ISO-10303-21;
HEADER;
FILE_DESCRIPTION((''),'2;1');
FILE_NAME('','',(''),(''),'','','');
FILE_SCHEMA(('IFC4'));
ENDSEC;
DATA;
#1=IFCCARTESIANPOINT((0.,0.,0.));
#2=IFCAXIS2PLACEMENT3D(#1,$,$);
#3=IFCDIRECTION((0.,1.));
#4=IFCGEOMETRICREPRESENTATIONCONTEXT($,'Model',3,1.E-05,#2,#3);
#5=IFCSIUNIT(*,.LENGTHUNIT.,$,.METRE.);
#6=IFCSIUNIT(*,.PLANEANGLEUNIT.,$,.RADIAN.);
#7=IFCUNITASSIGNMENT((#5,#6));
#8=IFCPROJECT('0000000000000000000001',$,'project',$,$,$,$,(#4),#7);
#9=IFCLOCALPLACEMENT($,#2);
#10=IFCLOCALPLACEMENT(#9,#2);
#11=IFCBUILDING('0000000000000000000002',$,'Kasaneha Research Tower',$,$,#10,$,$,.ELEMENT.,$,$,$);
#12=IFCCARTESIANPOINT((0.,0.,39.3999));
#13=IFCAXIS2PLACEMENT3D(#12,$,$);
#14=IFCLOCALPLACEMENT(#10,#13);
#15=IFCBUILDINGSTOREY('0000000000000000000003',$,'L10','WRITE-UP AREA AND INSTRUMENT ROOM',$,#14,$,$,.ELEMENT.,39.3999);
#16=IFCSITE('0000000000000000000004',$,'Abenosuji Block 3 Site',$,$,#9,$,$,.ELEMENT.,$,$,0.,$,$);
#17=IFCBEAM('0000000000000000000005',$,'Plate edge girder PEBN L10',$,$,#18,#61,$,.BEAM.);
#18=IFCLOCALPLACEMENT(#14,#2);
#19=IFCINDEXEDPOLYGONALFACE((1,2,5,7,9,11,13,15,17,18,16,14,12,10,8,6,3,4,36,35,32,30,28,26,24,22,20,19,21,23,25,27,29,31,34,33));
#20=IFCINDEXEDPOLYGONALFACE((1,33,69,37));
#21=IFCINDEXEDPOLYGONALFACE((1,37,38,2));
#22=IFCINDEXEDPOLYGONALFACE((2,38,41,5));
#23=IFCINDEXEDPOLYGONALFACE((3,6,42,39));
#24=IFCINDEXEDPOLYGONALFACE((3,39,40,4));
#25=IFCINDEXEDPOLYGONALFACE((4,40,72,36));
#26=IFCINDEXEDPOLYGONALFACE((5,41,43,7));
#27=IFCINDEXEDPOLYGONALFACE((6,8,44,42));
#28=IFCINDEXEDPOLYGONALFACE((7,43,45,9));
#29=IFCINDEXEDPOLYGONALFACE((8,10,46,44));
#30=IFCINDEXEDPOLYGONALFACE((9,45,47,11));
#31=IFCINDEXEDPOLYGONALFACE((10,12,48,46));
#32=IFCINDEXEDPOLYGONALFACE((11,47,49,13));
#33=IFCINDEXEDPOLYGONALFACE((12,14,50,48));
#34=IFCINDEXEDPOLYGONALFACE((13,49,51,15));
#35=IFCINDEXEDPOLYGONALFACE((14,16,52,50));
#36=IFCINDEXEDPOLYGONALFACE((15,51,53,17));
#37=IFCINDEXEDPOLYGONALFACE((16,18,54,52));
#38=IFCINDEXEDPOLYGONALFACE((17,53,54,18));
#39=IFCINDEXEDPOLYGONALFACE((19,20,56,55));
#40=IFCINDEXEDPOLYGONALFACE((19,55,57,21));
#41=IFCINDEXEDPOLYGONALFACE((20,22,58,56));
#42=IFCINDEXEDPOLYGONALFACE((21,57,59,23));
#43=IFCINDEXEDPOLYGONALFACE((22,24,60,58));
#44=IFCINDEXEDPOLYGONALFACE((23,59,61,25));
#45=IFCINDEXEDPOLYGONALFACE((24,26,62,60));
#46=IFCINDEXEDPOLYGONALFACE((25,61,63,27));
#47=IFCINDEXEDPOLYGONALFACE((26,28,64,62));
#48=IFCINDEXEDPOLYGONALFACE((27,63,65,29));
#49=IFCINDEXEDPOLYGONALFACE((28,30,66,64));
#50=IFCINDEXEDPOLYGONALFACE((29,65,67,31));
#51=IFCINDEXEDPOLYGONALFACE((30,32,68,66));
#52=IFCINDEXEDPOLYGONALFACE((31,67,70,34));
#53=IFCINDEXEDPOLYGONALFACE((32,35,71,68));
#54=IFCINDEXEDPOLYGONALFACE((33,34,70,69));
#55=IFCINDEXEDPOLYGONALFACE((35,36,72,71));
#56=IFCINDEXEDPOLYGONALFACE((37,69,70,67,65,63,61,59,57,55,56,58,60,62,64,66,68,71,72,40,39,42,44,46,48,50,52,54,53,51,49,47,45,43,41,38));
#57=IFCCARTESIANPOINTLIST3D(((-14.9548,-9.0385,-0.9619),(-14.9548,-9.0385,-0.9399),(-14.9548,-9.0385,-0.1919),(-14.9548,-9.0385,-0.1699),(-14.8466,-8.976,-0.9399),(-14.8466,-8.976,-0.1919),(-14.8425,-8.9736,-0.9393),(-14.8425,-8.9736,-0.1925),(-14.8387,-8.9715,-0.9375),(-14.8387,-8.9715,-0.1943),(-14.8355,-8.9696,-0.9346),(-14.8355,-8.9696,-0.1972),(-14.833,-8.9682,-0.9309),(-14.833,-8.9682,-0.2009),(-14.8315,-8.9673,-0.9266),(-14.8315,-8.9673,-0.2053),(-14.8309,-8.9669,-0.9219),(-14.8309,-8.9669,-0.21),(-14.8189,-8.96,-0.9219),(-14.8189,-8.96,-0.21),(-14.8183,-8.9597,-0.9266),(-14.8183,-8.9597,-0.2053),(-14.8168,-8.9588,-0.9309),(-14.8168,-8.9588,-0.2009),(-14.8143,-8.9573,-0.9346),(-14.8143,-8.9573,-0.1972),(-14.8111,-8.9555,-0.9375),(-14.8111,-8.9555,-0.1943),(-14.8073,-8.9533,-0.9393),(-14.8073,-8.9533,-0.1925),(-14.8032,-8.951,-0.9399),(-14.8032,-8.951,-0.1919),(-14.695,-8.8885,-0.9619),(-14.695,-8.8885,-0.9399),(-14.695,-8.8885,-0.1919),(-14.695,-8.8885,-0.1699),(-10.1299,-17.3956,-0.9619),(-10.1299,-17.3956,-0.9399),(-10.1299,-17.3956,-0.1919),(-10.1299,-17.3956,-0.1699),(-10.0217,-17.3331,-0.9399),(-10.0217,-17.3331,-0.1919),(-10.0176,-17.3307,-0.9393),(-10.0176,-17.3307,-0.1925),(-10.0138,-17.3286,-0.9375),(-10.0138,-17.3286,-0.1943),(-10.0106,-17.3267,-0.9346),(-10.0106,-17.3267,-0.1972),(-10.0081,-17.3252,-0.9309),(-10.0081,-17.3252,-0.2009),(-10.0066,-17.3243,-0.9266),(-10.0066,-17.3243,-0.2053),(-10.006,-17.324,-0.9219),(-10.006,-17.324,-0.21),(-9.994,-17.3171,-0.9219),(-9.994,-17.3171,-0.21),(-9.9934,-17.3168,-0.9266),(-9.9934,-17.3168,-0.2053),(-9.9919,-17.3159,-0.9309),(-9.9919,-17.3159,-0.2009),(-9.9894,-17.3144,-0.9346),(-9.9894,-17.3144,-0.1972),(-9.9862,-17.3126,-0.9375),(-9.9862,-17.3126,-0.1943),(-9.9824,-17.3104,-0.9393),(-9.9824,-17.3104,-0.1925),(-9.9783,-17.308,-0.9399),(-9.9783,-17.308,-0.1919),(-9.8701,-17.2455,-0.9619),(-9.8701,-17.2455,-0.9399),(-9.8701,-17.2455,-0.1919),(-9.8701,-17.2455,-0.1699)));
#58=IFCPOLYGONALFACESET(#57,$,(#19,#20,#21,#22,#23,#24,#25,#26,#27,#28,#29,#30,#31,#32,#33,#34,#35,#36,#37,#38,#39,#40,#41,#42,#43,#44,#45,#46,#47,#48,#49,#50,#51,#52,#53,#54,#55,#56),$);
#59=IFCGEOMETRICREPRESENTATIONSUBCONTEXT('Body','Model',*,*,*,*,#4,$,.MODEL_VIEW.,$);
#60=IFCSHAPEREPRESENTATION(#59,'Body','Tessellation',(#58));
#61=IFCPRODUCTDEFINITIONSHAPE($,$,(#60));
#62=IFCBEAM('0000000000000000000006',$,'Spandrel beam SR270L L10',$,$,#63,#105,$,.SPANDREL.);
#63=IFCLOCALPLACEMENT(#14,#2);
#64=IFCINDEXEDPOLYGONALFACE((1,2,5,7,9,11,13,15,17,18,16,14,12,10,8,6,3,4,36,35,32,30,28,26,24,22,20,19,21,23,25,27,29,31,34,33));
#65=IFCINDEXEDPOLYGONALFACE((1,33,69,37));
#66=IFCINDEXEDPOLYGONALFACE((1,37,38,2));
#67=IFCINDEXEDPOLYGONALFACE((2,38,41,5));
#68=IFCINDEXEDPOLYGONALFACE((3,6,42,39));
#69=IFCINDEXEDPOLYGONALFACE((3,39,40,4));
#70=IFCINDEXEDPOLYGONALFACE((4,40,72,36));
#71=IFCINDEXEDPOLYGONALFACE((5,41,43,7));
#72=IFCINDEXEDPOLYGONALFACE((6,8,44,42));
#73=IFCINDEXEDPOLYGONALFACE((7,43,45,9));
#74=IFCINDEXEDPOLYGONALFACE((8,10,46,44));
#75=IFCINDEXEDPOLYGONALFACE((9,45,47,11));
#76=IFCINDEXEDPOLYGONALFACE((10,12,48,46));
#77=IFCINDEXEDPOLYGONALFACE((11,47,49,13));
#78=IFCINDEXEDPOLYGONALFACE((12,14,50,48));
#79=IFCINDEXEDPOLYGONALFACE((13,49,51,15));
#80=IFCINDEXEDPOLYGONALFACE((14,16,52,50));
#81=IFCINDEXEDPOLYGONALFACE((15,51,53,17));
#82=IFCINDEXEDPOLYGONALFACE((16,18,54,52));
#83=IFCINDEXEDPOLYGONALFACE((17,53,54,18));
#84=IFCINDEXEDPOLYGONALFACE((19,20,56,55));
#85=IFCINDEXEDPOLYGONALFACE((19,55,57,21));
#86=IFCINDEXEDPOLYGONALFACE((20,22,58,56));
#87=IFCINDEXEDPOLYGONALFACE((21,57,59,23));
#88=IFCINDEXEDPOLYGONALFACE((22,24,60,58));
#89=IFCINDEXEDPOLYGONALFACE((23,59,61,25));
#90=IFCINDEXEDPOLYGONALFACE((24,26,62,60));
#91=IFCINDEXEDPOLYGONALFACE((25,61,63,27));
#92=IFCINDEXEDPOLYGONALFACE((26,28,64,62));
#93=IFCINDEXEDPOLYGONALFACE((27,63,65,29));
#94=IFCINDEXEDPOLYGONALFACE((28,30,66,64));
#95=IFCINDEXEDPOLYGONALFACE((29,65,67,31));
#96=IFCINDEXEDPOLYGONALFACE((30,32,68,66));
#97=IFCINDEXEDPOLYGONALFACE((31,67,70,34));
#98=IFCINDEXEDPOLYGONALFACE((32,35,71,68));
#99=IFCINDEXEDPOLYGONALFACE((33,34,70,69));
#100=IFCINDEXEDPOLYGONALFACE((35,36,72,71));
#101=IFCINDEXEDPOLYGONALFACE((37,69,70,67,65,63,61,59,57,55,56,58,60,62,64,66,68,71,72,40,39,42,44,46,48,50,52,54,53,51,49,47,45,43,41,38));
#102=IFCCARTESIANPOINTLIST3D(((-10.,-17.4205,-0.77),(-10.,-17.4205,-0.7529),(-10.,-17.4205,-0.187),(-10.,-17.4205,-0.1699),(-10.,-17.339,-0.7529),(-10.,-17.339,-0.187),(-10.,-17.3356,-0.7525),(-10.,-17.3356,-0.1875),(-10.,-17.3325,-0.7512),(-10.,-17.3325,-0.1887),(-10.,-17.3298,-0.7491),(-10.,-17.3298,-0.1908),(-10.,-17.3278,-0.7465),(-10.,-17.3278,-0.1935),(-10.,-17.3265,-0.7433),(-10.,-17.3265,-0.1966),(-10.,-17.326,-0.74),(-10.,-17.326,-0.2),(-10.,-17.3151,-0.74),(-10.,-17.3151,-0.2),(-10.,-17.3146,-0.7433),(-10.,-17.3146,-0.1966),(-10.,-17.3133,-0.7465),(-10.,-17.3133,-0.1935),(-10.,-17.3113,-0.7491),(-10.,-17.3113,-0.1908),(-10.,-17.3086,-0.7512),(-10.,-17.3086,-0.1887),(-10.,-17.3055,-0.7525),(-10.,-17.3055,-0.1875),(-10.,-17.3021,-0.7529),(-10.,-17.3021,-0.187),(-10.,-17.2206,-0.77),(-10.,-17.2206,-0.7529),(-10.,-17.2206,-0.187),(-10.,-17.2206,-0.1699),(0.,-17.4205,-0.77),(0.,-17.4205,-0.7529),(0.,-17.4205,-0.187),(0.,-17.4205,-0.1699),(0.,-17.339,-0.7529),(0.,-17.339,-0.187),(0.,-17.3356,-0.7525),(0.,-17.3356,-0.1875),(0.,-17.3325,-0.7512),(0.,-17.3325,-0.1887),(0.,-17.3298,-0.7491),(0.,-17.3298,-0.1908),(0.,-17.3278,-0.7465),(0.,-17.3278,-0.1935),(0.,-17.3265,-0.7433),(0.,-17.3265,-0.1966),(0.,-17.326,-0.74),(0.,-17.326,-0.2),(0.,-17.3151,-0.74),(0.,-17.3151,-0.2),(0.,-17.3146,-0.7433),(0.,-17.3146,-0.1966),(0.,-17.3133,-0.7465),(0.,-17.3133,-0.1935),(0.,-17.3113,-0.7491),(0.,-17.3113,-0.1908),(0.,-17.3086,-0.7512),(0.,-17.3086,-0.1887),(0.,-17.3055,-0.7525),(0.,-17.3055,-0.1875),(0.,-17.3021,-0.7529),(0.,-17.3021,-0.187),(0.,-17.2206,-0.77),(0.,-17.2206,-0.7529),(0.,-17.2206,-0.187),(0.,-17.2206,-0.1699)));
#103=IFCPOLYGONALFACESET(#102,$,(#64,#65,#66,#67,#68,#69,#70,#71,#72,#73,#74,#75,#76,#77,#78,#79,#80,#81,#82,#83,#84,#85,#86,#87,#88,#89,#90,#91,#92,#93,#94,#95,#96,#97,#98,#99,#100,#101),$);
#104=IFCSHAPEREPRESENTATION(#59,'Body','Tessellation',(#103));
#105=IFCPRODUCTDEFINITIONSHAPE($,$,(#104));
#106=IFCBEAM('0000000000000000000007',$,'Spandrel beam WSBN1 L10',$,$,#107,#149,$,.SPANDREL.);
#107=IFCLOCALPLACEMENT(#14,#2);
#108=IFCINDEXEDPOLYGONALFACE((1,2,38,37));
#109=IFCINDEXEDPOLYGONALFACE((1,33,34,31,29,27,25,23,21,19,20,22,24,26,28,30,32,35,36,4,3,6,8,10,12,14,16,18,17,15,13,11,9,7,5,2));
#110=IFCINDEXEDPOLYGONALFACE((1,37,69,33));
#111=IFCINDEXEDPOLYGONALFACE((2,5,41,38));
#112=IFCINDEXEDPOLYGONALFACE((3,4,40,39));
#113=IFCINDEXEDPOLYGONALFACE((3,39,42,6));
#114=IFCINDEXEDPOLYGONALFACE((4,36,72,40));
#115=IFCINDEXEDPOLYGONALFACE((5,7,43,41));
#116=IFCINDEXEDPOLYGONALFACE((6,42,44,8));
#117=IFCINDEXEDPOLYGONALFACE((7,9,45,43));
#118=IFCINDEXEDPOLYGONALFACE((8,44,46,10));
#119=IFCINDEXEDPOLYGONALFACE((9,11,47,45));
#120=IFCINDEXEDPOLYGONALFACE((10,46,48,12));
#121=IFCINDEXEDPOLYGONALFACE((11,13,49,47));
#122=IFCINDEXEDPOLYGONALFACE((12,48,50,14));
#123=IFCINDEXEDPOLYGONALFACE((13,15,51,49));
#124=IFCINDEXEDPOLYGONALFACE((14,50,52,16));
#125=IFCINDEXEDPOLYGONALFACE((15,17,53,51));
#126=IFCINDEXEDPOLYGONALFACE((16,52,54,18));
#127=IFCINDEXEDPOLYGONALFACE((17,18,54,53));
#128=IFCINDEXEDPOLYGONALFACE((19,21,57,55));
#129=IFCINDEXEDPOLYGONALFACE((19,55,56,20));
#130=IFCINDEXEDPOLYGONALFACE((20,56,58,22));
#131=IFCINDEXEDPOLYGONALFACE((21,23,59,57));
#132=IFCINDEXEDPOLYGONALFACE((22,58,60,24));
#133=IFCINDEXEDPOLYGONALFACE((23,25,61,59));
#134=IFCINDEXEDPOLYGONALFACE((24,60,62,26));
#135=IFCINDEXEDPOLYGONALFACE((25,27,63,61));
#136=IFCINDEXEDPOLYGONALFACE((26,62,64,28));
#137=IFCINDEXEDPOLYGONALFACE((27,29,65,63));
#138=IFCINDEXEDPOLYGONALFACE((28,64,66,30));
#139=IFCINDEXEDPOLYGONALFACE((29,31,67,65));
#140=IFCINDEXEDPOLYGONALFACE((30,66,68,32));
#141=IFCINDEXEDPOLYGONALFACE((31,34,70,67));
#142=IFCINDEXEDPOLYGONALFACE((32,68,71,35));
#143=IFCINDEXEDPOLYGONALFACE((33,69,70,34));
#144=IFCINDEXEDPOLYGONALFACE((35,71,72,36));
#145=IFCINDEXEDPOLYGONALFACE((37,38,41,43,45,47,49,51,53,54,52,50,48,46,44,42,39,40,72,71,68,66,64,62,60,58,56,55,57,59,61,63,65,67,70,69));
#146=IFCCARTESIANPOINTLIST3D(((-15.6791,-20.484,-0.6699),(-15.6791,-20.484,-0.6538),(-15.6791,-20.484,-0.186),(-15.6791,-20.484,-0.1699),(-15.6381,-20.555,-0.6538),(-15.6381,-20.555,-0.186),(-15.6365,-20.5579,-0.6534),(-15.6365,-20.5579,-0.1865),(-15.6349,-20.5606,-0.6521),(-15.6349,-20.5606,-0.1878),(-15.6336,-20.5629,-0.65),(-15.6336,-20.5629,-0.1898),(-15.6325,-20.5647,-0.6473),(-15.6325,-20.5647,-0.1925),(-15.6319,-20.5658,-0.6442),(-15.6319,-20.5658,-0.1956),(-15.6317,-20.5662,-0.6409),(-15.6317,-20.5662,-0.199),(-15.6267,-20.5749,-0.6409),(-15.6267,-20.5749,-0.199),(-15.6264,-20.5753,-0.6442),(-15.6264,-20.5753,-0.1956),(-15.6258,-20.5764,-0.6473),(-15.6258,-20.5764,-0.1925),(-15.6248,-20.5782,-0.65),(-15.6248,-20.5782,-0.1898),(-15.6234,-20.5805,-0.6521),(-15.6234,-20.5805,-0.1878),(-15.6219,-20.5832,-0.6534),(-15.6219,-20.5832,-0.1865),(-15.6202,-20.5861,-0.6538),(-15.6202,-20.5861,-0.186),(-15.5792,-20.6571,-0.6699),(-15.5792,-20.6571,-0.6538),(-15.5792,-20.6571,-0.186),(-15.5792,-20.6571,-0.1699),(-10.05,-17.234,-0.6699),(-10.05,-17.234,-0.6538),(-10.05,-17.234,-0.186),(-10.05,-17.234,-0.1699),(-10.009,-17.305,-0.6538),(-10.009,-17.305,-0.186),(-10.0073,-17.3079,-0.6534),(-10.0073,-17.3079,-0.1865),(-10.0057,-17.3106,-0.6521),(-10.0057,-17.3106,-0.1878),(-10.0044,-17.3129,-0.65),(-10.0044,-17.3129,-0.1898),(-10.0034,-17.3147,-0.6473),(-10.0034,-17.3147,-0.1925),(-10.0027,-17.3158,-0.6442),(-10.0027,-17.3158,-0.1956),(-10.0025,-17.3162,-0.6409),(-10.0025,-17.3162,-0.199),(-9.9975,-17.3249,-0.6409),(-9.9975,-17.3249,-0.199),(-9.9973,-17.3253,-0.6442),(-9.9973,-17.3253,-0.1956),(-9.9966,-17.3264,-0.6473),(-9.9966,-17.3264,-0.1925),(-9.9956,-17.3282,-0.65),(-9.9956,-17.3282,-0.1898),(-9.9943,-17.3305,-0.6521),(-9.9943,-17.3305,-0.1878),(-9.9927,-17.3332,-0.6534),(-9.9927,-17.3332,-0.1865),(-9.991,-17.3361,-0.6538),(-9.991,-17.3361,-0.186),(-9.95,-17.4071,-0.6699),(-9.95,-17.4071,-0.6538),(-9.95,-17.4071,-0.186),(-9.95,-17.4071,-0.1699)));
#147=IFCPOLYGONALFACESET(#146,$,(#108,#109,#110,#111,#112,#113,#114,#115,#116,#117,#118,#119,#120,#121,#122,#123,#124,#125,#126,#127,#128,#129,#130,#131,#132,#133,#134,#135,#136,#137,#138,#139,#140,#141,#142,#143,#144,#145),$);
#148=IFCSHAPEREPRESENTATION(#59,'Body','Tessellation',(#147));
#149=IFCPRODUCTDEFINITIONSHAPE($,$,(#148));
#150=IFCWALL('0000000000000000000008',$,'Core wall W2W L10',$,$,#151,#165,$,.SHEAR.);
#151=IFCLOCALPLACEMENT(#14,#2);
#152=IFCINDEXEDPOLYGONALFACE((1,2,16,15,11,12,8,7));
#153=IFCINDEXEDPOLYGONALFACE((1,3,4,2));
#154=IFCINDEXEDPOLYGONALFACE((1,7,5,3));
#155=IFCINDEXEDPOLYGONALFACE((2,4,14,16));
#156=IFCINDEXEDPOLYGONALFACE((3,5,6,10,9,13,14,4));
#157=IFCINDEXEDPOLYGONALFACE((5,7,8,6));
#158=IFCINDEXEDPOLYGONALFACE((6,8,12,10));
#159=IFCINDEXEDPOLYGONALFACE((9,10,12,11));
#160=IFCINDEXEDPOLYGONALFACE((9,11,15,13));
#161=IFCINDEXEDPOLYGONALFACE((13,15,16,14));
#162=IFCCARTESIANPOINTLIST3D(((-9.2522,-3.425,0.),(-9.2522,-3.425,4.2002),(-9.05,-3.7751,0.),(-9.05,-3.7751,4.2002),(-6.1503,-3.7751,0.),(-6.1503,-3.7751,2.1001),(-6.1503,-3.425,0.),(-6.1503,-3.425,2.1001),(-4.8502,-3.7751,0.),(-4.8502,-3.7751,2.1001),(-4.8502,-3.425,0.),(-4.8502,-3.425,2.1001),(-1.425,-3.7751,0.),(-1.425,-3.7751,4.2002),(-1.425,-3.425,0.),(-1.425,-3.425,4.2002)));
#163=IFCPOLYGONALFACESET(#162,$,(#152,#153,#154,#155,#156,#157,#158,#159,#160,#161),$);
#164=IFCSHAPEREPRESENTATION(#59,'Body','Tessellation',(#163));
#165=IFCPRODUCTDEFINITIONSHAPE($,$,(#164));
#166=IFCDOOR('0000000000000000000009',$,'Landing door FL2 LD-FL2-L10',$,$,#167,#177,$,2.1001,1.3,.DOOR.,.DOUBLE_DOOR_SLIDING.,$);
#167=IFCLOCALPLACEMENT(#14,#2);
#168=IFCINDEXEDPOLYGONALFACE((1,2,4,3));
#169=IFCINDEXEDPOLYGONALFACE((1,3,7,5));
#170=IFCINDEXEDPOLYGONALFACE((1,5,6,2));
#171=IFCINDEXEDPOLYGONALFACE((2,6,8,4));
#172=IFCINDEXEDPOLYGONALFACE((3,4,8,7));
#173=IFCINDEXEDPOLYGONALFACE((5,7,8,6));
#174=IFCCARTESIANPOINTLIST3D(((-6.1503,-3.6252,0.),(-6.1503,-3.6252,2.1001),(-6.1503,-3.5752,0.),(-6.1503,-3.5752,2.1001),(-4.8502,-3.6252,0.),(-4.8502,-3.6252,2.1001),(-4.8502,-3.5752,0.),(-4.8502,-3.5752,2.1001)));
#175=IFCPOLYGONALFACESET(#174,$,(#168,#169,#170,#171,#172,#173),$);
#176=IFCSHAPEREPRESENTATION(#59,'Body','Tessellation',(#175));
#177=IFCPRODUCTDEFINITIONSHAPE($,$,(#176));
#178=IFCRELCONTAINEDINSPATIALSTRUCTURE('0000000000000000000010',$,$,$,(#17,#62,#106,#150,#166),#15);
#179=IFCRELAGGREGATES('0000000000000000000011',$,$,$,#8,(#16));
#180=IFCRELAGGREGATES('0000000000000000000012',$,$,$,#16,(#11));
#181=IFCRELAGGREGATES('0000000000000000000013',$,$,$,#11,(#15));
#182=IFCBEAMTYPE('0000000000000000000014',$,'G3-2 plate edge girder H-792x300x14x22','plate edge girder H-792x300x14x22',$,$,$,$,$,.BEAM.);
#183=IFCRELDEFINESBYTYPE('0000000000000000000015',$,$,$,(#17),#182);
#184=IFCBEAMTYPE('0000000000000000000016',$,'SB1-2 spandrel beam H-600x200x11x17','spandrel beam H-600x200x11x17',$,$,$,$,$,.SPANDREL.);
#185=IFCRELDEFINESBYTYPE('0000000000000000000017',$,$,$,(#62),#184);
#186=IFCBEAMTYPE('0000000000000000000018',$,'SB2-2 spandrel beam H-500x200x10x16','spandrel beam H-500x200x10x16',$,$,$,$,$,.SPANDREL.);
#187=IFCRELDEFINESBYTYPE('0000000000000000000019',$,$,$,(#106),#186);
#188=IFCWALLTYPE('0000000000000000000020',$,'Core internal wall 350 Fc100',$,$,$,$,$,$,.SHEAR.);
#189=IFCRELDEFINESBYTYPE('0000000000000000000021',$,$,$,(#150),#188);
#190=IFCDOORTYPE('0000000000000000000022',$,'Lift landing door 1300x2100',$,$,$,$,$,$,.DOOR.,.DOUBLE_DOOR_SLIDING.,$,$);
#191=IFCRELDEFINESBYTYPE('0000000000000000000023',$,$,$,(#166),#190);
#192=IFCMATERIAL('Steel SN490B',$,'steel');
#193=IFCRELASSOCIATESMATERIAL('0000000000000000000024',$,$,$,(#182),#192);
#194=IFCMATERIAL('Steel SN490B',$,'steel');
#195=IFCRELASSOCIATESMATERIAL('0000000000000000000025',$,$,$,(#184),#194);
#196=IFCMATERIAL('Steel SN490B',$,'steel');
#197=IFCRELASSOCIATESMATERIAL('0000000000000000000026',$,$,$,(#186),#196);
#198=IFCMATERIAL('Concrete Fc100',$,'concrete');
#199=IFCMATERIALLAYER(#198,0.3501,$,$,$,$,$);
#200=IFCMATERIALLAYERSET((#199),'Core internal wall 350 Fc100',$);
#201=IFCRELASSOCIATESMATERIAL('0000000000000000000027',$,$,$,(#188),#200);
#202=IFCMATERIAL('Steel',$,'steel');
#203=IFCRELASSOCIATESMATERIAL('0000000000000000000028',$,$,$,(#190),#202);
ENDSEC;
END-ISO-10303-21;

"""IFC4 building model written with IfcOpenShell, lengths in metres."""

from ifc_helpers import new_model, si_unit, direction, frame, frame_2d, origin, origin_2d, place, context, subcontext, project, spatial, polyline, rectangle, i_section, outline, extrude, material, layer, layer_set, material_profile, profile_set, type_object, element, fill, save


model = new_model("IFC4")

# Units and contexts
model_context = context("Model", 3, precision=1e-05, world=origin(), true_north=direction((0.0, 1.0)))
body_context = subcontext(model_context, "Body", "Model", "MODEL_VIEW")
ifc_project = project(units=[si_unit("LENGTHUNIT", "METRE"), si_unit("PLANEANGLEUNIT", "RADIAN")], contexts=[model_context])

# Site, building, storey
site_placement = place(None, origin())
site = spatial("IfcSite", under=ifc_project, at=site_placement, Name="Abenosuji Block 3 Site", CompositionType="ELEMENT", RefElevation=0.0)
building_placement = place(site_placement, origin())
building = spatial("IfcBuilding", under=site, at=building_placement, Name="Kasaneha Research Tower", CompositionType="ELEMENT")
storey_placement = place(building_placement, frame((0.0, 0.0, 39.3999)))
storey = spatial("IfcBuildingStorey", under=building, at=storey_placement, Name="L10", Description="WRITE-UP AREA AND INSTRUMENT ROOM", CompositionType="ELEMENT", Elevation=39.3999)

# Beams
ifc_material_1 = material(Name="Steel SN490B", Category="steel")
ifc_material_profile_1 = material_profile(ifc_material_1, i_section(OverallWidth=0.3, OverallDepth=0.792, WebThickness=0.0139, FlangeThickness=0.022, FilletRadius=0.0181, at=origin_2d()), Name="H-792x300x14x22")
ifc_profile_set_1 = profile_set([ifc_material_profile_1], Name="Steel SN490B")
beam_type_1 = type_object("IfcBeamType", Name="G3-2 plate edge girder H-792x300x14x22", Description="plate edge girder H-792x300x14x22", PredefinedType="BEAM", material=ifc_profile_set_1)
beam_1_placement = place(storey_placement, frame((-10.0, -17.3206, -0.5659), z_axis=(-0.499995, 0.866028, 0.0), x_axis=(-0.866028, -0.499995, 0.0)))
element("IfcBeam", 1, at=beam_1_placement, inside=storey, type_object=beam_type_1, Name="Plate edge girder PEBN L10", PredefinedType="BEAM", context=body_context, shape_type="SweptSolid", body=[
    extrude(i_section(OverallWidth=0.3, OverallDepth=0.792, WebThickness=0.0139, FlangeThickness=0.022, FilletRadius=0.0181, at=origin_2d()), origin(), (0.0, 0.0, 1.0), 9.6499),
])
ifc_material_2 = material(Name="Steel SN490B", Category="steel")
ifc_material_profile_2 = material_profile(ifc_material_2, i_section(OverallWidth=0.2, OverallDepth=0.6001, WebThickness=0.011, FlangeThickness=0.0171, FilletRadius=0.0129, at=origin_2d()), Name="H-600x200x11x17")
ifc_profile_set_2 = profile_set([ifc_material_profile_2], Name="Steel SN490B")
beam_type_2 = type_object("IfcBeamType", Name="SB1-2 spandrel beam H-600x200x11x17", Description="spandrel beam H-600x200x11x17", PredefinedType="SPANDREL", material=ifc_profile_set_2)
beam_2_placement = place(storey_placement, frame((-10.0, -17.3206, -0.47), z_axis=(1.0, 0.0, 0.0), x_axis=(0.0, 1.0, 0.0)))
element("IfcBeam", 2, at=beam_2_placement, inside=storey, type_object=beam_type_2, Name="Spandrel beam SR270L L10", PredefinedType="SPANDREL", context=body_context, shape_type="SweptSolid", body=[
    extrude(i_section(OverallWidth=0.2, OverallDepth=0.6001, WebThickness=0.011, FlangeThickness=0.0171, FilletRadius=0.0129, at=origin_2d()), origin(), (0.0, 0.0, 1.0), 10.0),
])
ifc_material_3 = material(Name="Steel SN490B", Category="steel")
ifc_material_profile_3 = material_profile(ifc_material_3, i_section(OverallWidth=0.2, OverallDepth=0.5, WebThickness=0.01, FlangeThickness=0.0161, FilletRadius=0.0129, at=origin_2d()), Name="H-500x200x10x16")
ifc_profile_set_3 = profile_set([ifc_material_profile_3], Name="Steel SN490B")
beam_type_3 = type_object("IfcBeamType", Name="SB2-2 spandrel beam H-500x200x10x16", Description="spandrel beam H-500x200x10x16", PredefinedType="SPANDREL", material=ifc_profile_set_3)
beam_3_placement = place(storey_placement, frame((-10.0, -17.3206, -0.4199), z_axis=(-0.866025, -0.500001, 0.0), x_axis=(0.500001, -0.866025, 0.0)))
element("IfcBeam", 3, at=beam_3_placement, inside=storey, type_object=beam_type_3, Name="Spandrel beam WSBN1 L10", PredefinedType="SPANDREL", context=body_context, shape_type="SweptSolid", body=[
    extrude(i_section(OverallWidth=0.2, OverallDepth=0.5, WebThickness=0.01, FlangeThickness=0.0161, FilletRadius=0.0129, at=origin_2d()), origin(), (0.0, 0.0, 1.0), 6.5),
])

# Wall, opening, door
ifc_material_4 = material(Name="Concrete Fc100", Category="concrete")
ifc_layer_1 = layer(ifc_material_4, 0.3501)
ifc_layer_set_1 = layer_set([ifc_layer_1], Name="Core internal wall 350 Fc100")
wall_type_1 = type_object("IfcWallType", Name="Core internal wall 350 Fc100", PredefinedType="SHEAR", material=ifc_layer_set_1)
wall_1_placement = place(storey_placement, frame((-9.1511, -3.6001, 0.0), z_axis=(0.0, 0.0, 1.0), x_axis=(1.0, 0.0, 0.0)))
wall_1 = element("IfcWall", 4, at=wall_1_placement, inside=storey, type_object=wall_type_1, Name="Core wall W2W L10", PredefinedType="SHEAR", context=body_context, shape_type="SweptSolid", body=[
    extrude(outline(polyline([(0.1011, -0.175), (3.001, -0.175), (4.301, -0.175), (7.7261, -0.175), (7.7261, 0.175), (4.301, 0.175), (3.001, 0.175), (-0.1011, 0.175), (0.1011, -0.175)])), origin(), (0.0, 0.0, 1.0), 4.2002),
])
opening_1_placement = place(wall_1_placement, frame((3.001, 0.0, 0.0)))
opening_1 = element("IfcOpeningElement", 5, at=opening_1_placement, cuts=wall_1, PredefinedType="OPENING", context=body_context, shape_type="SweptSolid", body=[
    extrude(rectangle(XDim=1.3, YDim=2.1001, at=frame_2d((0.6499, 1.05))), frame((0.0, 0.1851, 0.0), z_axis=(0.0, -1.0, 0.0), x_axis=(1.0, 0.0, 0.0)), (0.0, 0.0, 1.0), 0.3701),
])
ifc_material_5 = material(Name="Steel", Category="steel")
door_type_1 = type_object("IfcDoorType", Name="Lift landing door 1300x2100", OperationType="DOUBLE_DOOR_SLIDING", PredefinedType="DOOR", material=ifc_material_5)
door_1_placement = place(opening_1_placement, origin())
door_1 = element("IfcDoor", 6, at=door_1_placement, inside=storey, type_object=door_type_1, Name="Landing door FL2 LD-FL2-L10", OperationType="DOUBLE_DOOR_SLIDING", OverallHeight=2.1001, OverallWidth=1.3, PredefinedType="DOOR", context=body_context, shape_type="SweptSolid", body=[
    extrude(rectangle(XDim=1.3, YDim=2.1001, at=frame_2d((0.6499, 1.05))), frame((0.0, 0.0249, 0.0), z_axis=(0.0, -1.0, 0.0), x_axis=(1.0, 0.0, 0.0)), (0.0, 0.0, 1.0), 0.05),
])
fill(opening_1, door_1)

save(model, "model.ifc")
